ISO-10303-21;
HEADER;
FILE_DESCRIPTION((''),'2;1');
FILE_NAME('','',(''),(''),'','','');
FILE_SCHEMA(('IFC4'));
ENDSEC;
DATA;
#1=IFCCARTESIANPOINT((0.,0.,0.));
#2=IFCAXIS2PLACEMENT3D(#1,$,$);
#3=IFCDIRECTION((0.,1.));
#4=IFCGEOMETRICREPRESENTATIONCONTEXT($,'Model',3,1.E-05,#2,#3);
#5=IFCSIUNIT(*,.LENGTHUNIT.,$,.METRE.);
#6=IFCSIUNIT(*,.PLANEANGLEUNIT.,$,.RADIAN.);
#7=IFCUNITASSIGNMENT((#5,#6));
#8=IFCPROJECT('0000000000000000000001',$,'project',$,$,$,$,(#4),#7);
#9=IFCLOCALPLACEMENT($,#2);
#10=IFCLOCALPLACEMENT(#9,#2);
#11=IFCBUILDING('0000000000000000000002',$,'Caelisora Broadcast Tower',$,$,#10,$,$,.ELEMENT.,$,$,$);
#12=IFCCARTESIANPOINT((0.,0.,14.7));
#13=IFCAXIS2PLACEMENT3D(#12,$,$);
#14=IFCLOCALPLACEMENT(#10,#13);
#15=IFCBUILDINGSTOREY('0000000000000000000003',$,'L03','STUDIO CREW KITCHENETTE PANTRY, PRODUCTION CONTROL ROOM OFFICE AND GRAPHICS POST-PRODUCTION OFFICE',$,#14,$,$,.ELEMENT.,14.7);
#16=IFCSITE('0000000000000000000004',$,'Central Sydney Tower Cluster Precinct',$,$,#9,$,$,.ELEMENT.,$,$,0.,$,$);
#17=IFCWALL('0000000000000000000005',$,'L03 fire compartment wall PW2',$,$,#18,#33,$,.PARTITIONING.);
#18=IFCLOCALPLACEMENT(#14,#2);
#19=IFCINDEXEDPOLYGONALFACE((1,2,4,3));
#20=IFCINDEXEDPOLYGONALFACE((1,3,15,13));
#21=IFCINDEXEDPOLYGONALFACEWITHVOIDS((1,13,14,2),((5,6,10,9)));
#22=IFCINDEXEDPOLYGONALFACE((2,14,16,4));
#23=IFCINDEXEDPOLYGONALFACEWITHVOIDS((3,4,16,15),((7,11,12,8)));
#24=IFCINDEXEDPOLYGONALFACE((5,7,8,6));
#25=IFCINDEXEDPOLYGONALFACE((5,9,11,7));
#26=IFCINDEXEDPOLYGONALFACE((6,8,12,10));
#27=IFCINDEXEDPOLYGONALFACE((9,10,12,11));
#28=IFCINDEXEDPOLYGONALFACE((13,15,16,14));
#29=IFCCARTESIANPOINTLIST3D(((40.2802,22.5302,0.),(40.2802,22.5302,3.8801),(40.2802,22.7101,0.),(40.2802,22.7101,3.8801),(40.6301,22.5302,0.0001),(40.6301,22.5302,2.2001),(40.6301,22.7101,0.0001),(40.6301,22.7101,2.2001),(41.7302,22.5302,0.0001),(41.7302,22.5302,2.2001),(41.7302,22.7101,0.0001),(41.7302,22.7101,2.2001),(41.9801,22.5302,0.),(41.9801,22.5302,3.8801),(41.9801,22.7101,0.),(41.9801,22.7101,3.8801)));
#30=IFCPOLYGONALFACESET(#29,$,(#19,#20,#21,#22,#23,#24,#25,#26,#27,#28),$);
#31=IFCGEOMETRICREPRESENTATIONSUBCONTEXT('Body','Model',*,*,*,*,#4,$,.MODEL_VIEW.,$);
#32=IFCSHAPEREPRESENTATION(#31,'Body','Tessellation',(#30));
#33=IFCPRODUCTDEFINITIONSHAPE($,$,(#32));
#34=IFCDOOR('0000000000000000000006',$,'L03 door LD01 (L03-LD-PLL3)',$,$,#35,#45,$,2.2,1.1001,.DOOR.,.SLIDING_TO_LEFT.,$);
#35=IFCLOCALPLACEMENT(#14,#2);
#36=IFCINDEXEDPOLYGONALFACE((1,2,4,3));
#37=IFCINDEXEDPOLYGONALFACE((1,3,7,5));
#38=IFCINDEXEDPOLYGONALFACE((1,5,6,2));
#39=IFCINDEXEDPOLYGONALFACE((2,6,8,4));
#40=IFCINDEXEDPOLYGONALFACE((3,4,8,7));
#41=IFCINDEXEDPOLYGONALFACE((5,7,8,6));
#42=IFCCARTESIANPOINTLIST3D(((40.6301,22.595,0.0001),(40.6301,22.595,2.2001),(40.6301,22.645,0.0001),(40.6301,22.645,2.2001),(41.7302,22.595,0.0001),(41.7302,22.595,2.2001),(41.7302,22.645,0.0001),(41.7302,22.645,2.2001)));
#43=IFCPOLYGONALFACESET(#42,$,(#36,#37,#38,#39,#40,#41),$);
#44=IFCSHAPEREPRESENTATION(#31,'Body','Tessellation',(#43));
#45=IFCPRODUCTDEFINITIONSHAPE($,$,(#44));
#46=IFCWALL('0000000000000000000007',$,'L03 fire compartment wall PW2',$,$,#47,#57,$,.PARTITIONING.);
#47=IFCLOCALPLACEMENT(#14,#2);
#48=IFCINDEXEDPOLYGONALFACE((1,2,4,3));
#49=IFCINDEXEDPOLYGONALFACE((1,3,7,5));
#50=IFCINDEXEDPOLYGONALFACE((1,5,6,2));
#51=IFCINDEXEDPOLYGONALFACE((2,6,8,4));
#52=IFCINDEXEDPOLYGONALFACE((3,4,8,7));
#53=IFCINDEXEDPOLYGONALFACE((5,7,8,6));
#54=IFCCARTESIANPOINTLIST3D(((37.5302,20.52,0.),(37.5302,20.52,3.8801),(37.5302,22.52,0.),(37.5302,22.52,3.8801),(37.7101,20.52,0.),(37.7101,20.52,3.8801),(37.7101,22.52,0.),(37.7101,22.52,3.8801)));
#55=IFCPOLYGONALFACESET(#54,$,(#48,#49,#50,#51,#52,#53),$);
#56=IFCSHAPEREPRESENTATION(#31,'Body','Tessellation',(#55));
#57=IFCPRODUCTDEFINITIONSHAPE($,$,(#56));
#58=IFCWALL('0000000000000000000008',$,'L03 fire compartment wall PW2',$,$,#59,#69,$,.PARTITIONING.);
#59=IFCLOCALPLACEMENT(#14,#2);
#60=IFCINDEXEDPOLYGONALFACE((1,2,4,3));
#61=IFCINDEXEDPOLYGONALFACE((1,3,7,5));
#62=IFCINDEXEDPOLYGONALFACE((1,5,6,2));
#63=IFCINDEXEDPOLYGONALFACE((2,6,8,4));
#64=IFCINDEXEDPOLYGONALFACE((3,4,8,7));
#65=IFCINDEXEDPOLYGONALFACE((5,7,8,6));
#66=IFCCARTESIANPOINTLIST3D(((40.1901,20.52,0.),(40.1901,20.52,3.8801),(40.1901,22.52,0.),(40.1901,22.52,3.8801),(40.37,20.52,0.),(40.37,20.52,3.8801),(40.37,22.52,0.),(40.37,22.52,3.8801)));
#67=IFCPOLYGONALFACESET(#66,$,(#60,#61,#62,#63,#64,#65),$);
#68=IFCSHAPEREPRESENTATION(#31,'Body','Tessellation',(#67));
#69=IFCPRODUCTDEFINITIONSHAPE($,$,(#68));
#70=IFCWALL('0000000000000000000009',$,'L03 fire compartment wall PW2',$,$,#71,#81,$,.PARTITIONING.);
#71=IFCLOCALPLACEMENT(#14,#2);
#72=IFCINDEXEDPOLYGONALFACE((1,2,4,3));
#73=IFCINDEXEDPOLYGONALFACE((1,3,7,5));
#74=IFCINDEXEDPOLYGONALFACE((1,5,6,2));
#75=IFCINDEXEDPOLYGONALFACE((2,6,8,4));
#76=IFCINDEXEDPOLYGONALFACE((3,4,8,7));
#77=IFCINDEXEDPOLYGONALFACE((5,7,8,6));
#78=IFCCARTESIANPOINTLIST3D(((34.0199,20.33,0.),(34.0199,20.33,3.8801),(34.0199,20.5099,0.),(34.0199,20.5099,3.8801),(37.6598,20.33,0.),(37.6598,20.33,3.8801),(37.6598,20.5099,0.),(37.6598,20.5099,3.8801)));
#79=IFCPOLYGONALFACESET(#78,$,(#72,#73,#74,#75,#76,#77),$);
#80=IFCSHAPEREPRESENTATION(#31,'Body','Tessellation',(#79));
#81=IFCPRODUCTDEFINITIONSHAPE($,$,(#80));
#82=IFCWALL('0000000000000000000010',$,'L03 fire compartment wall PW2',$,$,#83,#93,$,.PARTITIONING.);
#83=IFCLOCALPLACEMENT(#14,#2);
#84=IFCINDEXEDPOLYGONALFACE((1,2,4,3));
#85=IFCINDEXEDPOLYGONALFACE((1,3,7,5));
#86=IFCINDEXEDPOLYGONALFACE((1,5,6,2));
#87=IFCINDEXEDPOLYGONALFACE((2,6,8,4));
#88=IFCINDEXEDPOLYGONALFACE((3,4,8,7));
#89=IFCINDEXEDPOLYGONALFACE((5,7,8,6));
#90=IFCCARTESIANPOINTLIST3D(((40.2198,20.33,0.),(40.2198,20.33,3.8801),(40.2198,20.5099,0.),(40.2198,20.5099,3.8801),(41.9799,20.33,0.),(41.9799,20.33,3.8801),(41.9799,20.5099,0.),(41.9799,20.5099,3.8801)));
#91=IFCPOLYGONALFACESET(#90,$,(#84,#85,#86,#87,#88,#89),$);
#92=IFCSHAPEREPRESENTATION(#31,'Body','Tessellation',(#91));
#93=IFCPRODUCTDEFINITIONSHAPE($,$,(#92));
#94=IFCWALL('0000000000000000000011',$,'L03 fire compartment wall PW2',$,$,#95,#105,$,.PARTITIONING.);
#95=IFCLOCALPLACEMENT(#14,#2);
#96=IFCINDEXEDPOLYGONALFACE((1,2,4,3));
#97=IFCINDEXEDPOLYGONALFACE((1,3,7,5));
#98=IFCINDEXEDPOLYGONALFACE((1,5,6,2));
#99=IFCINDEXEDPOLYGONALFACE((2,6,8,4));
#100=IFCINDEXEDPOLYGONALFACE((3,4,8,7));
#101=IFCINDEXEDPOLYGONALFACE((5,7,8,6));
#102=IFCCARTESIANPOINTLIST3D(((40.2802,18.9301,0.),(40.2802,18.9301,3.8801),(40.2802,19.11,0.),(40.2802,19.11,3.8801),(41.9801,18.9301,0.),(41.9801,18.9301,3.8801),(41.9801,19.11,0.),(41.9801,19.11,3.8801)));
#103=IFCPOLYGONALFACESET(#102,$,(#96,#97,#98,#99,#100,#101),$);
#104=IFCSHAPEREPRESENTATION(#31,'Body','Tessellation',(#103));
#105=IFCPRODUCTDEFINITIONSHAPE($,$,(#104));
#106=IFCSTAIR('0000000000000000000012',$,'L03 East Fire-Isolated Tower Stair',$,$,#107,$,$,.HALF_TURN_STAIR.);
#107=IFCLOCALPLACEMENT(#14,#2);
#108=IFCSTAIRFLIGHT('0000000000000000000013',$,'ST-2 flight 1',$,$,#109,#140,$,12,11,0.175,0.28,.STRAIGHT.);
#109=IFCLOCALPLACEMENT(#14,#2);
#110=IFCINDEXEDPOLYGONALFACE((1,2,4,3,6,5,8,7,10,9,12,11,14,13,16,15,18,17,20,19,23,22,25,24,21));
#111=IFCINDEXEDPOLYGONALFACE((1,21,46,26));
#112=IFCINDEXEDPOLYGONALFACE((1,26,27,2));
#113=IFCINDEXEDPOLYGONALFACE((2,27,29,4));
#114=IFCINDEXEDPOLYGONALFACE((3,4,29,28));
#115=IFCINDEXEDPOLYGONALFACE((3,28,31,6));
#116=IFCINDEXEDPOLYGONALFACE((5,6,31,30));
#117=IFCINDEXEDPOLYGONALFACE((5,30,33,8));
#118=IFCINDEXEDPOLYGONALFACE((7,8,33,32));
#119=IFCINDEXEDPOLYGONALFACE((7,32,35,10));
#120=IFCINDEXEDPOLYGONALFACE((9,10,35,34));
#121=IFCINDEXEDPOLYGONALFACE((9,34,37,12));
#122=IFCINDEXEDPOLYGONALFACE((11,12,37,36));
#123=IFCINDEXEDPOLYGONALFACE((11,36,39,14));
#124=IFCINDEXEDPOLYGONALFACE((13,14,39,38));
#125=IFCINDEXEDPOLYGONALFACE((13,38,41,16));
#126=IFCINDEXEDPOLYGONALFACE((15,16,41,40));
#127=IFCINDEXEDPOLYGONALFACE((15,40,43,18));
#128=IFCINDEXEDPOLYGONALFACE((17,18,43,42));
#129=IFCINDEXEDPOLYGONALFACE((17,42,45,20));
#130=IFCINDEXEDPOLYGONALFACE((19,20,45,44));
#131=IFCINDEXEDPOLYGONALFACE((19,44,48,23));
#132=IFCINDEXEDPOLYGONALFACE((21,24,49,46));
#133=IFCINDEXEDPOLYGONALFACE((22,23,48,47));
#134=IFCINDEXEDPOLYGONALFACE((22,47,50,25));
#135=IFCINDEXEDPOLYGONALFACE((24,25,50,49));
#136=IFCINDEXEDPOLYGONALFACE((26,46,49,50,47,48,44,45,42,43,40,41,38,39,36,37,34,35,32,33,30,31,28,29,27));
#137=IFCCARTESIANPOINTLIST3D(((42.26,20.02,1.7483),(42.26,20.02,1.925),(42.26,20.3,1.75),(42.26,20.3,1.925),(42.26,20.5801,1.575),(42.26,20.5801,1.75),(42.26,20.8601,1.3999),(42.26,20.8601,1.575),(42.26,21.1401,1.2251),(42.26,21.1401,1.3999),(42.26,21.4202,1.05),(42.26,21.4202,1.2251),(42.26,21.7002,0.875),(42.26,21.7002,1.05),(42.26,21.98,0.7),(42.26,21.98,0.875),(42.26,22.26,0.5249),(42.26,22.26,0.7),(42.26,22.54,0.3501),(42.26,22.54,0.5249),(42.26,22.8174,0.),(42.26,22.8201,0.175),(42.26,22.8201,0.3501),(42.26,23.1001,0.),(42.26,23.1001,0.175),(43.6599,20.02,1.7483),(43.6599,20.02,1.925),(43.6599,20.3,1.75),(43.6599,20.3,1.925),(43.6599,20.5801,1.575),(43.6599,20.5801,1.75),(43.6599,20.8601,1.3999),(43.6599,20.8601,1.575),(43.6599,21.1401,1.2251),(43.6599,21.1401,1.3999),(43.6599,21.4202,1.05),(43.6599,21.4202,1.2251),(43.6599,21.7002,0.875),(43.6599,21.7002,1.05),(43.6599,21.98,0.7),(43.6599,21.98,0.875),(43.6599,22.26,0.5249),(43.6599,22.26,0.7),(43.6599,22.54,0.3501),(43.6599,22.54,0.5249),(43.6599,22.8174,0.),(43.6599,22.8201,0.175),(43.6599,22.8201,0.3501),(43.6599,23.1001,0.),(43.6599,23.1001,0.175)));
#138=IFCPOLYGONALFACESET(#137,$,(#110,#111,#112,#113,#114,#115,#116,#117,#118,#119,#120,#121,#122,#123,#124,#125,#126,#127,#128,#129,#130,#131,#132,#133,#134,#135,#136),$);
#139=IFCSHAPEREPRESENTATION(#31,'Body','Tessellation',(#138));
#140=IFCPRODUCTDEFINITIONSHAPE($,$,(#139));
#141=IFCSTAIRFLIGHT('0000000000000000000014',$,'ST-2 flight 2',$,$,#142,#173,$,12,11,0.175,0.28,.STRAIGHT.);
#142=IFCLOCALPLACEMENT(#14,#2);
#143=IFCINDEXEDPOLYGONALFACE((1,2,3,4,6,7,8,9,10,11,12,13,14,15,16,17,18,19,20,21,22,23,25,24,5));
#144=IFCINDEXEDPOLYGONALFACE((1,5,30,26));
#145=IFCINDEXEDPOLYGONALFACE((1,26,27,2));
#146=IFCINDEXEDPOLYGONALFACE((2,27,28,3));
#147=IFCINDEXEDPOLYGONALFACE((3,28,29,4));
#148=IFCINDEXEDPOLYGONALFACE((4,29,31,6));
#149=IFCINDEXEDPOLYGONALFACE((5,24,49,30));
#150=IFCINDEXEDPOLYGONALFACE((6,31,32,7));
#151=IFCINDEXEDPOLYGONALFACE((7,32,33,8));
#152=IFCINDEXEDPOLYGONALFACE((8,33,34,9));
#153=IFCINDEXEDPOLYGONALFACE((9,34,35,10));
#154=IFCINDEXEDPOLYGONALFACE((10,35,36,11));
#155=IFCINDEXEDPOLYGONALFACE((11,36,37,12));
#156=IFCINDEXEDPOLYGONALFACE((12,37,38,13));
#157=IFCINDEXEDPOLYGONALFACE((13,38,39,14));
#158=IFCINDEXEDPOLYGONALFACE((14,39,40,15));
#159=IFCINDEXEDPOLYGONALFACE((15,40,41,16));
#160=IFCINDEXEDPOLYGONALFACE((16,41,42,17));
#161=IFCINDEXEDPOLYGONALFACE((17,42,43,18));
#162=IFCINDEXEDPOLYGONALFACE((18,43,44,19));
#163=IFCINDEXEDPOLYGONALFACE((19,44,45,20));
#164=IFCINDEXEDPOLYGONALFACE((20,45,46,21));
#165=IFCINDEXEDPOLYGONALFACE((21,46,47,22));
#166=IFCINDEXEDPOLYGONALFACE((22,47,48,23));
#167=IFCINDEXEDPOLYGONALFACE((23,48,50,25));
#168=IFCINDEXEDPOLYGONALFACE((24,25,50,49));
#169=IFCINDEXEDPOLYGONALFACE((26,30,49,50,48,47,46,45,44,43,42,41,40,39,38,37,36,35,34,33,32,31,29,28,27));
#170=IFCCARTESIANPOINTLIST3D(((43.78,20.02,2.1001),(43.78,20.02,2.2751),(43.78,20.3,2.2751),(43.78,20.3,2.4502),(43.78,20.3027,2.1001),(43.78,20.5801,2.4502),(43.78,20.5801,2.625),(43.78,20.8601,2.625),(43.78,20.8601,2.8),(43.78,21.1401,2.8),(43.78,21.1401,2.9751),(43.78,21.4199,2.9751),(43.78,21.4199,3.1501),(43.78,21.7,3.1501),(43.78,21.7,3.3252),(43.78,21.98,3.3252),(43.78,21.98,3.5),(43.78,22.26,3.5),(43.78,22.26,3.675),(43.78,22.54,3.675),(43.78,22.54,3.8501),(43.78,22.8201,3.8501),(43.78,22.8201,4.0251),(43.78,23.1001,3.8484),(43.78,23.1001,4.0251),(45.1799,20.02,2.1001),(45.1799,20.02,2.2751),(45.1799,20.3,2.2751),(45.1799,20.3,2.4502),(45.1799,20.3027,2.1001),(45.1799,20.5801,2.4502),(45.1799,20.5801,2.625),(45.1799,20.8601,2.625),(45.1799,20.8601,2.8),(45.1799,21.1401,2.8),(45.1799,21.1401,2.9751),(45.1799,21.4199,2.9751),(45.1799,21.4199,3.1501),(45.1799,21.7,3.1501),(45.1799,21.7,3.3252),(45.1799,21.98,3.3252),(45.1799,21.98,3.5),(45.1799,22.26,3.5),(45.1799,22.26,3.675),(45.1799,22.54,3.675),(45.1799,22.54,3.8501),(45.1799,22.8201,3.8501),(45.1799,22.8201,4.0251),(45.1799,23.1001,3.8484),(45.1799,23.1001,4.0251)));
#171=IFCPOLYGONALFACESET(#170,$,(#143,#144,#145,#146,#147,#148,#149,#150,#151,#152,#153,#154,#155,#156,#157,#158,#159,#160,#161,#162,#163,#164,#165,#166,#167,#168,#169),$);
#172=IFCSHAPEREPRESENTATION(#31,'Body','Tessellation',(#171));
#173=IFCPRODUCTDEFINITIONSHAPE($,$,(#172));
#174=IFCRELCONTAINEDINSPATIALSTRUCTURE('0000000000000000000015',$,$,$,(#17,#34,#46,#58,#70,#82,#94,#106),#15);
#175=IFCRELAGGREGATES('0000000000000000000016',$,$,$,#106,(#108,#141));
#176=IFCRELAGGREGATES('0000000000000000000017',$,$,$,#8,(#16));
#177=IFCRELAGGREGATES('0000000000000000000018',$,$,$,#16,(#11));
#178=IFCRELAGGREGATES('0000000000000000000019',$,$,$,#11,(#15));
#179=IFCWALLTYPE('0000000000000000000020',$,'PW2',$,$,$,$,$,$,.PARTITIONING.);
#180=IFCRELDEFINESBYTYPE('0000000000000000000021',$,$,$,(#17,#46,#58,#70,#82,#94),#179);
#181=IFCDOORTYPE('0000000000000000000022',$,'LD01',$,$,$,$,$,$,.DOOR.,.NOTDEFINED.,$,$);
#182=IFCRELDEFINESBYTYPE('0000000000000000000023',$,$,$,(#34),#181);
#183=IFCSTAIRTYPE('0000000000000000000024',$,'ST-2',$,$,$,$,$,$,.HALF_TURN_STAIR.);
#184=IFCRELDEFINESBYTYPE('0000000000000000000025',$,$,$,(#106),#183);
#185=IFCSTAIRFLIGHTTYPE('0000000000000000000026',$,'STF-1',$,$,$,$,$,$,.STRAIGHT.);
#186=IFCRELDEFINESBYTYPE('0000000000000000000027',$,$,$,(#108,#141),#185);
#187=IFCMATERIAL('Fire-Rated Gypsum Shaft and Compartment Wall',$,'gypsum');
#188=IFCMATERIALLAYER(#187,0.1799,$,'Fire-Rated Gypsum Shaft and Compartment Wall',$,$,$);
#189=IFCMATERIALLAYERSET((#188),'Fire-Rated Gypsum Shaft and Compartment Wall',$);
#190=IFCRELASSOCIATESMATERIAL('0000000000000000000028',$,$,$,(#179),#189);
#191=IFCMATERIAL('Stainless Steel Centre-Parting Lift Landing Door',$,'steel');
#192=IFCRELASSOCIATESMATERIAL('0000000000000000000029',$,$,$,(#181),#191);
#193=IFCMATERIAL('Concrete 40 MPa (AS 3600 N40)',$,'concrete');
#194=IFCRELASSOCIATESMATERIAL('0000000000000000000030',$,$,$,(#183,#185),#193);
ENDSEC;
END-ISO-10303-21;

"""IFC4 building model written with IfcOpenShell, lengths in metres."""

from ifc_helpers import new_model, si_unit, direction, frame, frame_2d, origin, place, context, subcontext, project, spatial, polyline, rectangle, outline, extrude, material, layer, layer_set, type_object, element, fill, aggregate, save


model = new_model("IFC4")

# Units and contexts
model_context = context("Model", 3, precision=1e-05, world=origin(), true_north=direction((0.0, 1.0)))
body_context = subcontext(model_context, "Body", "Model", "MODEL_VIEW")
ifc_project = project(units=[si_unit("LENGTHUNIT", "METRE"), si_unit("PLANEANGLEUNIT", "RADIAN")], contexts=[model_context])

# Site, building, storey
site_placement = place(None, origin())
site = spatial("IfcSite", under=ifc_project, at=site_placement, Name="Central Sydney Tower Cluster Precinct", CompositionType="ELEMENT", RefElevation=0.0)
building_placement = place(site_placement, origin())
building = spatial("IfcBuilding", under=site, at=building_placement, Name="Caelisora Broadcast Tower", CompositionType="ELEMENT")
storey_placement = place(building_placement, frame((0.0, 0.0, 14.7)))
storey = spatial("IfcBuildingStorey", under=building, at=storey_placement, Name="L03", Description="STUDIO CREW KITCHENETTE PANTRY, PRODUCTION CONTROL ROOM OFFICE AND GRAPHICS POST-PRODUCTION OFFICE", CompositionType="ELEMENT", Elevation=14.7)

# Wall, opening, door
ifc_material_1 = material(Name="Fire-Rated Gypsum Shaft and Compartment Wall", Category="gypsum")
ifc_layer_1 = layer(ifc_material_1, 0.1799, Name="Fire-Rated Gypsum Shaft and Compartment Wall")
ifc_layer_set_1 = layer_set([ifc_layer_1], Name="Fire-Rated Gypsum Shaft and Compartment Wall")
wall_type = type_object("IfcWallType", Name="PW2", PredefinedType="PARTITIONING", material=ifc_layer_set_1)
wall_1_placement = place(storey_placement, frame((40.28, 22.6201, 0.0), z_axis=(0.0, 0.0, 1.0), x_axis=(1.0, 0.0, 0.0)))
wall_1 = element("IfcWall", 1, at=wall_1_placement, inside=storey, type_object=wall_type, Name="L03 fire compartment wall PW2", PredefinedType="PARTITIONING", context=body_context, shape_type="SweptSolid", body=[
    extrude(rectangle(XDim=1.7, YDim=0.1799, at=frame_2d((0.8501, 0.0))), origin(), (0.0, 0.0, 1.0), 3.8801),
])
opening_placement = place(wall_1_placement, frame((0.3501, 0.0, 0.0)))
opening = element("IfcOpeningElement", 2, at=opening_placement, cuts=wall_1, PredefinedType="OPENING", context=body_context, shape_type="SweptSolid", body=[
    extrude(rectangle(XDim=1.1001, YDim=2.2, at=frame_2d((0.55, 1.1001))), frame((0.0, 0.1021, 0.0), z_axis=(0.0, -1.0, 0.0), x_axis=(1.0, 0.0, 0.0)), (0.0, 0.0, 1.0), 0.2039),
])
ifc_material_2 = material(Name="Stainless Steel Centre-Parting Lift Landing Door", Category="steel")
door_type = type_object("IfcDoorType", Name="LD01", OperationType="NOTDEFINED", PredefinedType="DOOR", material=ifc_material_2)
door_placement = place(opening_placement, origin())
door = element("IfcDoor", 3, at=door_placement, inside=storey, type_object=door_type, Name="L03 door LD01 (L03-LD-PLL3)", OperationType="SLIDING_TO_LEFT", OverallHeight=2.2, OverallWidth=1.1001, PredefinedType="DOOR", context=body_context, shape_type="SweptSolid", body=[
    extrude(rectangle(XDim=1.1001, YDim=2.2, at=frame_2d((0.55, 1.1001))), frame((0.0, 0.0249, 0.0), z_axis=(0.0, -1.0, 0.0), x_axis=(1.0, 0.0, 0.0)), (0.0, 0.0, 1.0), 0.05),
])
fill(opening, door)

# Walls
for number, where, z_axis, x_axis, name in (
    (4, (37.6201, 20.52, 0.0), (0.0, 0.0, 1.0), (0.0, 1.0, 0.0), "L03 fire compartment wall PW2"),
    (5, (40.28, 20.52, 0.0), (0.0, 0.0, 1.0), (0.0, 1.0, 0.0), "L03 fire compartment wall PW2"),
):
    element("IfcWall", number, at=place(storey_placement, frame(where, z_axis=z_axis, x_axis=x_axis)), inside=storey, type_object=wall_type, Name=name, PredefinedType="PARTITIONING", context=body_context, shape_type="SweptSolid", body=[
        extrude(rectangle(XDim=2.0, YDim=0.1799, at=frame_2d((1.0, 0.0))), origin(), (0.0, 0.0, 1.0), 3.8801),
    ])
wall_2_placement = place(storey_placement, frame((34.02, 20.4199, 0.0), z_axis=(0.0, 0.0, 1.0), x_axis=(1.0, 0.0, 0.0)))
element("IfcWall", 6, at=wall_2_placement, inside=storey, type_object=wall_type, Name="L03 fire compartment wall PW2", PredefinedType="PARTITIONING", context=body_context, shape_type="SweptSolid", body=[
    extrude(rectangle(XDim=3.6399, YDim=0.1799, at=frame_2d((1.8198, 0.0))), origin(), (0.0, 0.0, 1.0), 3.8801),
])
wall_3_placement = place(storey_placement, frame((40.22, 20.4199, 0.0), z_axis=(0.0, 0.0, 1.0), x_axis=(1.0, 0.0, 0.0)))
element("IfcWall", 7, at=wall_3_placement, inside=storey, type_object=wall_type, Name="L03 fire compartment wall PW2", PredefinedType="PARTITIONING", context=body_context, shape_type="SweptSolid", body=[
    extrude(rectangle(XDim=1.76, YDim=0.1799, at=frame_2d((0.8799, 0.0))), origin(), (0.0, 0.0, 1.0), 3.8801),
])
wall_4_placement = place(storey_placement, frame((40.28, 19.02, 0.0), z_axis=(0.0, 0.0, 1.0), x_axis=(1.0, 0.0, 0.0)))
element("IfcWall", 8, at=wall_4_placement, inside=storey, type_object=wall_type, Name="L03 fire compartment wall PW2", PredefinedType="PARTITIONING", context=body_context, shape_type="SweptSolid", body=[
    extrude(rectangle(XDim=1.7, YDim=0.1799, at=frame_2d((0.8501, 0.0))), origin(), (0.0, 0.0, 1.0), 3.8801),
])

# Stair, stair flights
ifc_material_3 = material(Name="Concrete 40 MPa (AS 3600 N40)", Category="concrete")
stair_type = type_object("IfcStairType", Name="ST-2", PredefinedType="HALF_TURN_STAIR", material=ifc_material_3)
stair_placement = place(storey_placement, origin())
stair = element("IfcStair", 9, at=stair_placement, inside=storey, type_object=stair_type, Name="L03 East Fire-Isolated Tower Stair", PredefinedType="HALF_TURN_STAIR")
stair_flight_type = type_object("IfcStairFlightType", Name="STF-1", PredefinedType="STRAIGHT", material=ifc_material_3)
stair_flight_1_placement = place(storey_placement, frame((42.96, 23.1001, 0.0), z_axis=(0.0, 0.0, 1.0), x_axis=(0.0, -1.0, 0.0)))
stair_flight_1 = element("IfcStairFlight", 10, at=stair_flight_1_placement, type_object=stair_flight_type, Name="ST-2 flight 1", NumberOfRisers=12, NumberOfTreads=11, PredefinedType="STRAIGHT", RiserHeight=0.175, TreadLength=0.28, context=body_context, shape_type="SweptSolid", body=[
    extrude(outline(polyline([(0.0, 0.0), (0.0, 0.175), (0.28, 0.175), (0.28, 0.3501), (0.5601, 0.3501), (0.5601, 0.5249), (0.8401, 0.5249), (0.8401, 0.7), (1.1201, 0.7), (1.1201, 0.875), (1.3999, 0.875), (1.3999, 1.05), (1.6799, 1.05), (1.6799, 1.2251), (1.96, 1.2251), (1.96, 1.3999), (2.24, 1.3999), (2.24, 1.575), (2.52, 1.575), (2.52, 1.75), (2.8, 1.75), (2.8, 1.925), (3.0801, 1.925), (3.0801, 2.1001), (3.0801, 1.7483), (0.2827, 0.0), (0.0, 0.0)])), frame((0.0, 0.7, 0.0), z_axis=(0.0, -1.0, 0.0), x_axis=(1.0, 0.0, 0.0)), (0.0, 0.0, 1.0), 1.3999),
])
stair_flight_2_placement = place(storey_placement, frame((44.48, 20.02, 2.1001), z_axis=(0.0, 0.0, 1.0), x_axis=(0.0, 1.0, 0.0)))
stair_flight_2 = element("IfcStairFlight", 11, at=stair_flight_2_placement, type_object=stair_flight_type, Name="ST-2 flight 2", NumberOfRisers=12, NumberOfTreads=11, PredefinedType="STRAIGHT", RiserHeight=0.175, TreadLength=0.28, context=body_context, shape_type="SweptSolid", body=[
    extrude(outline(polyline([(0.0, 0.0), (0.0, 0.175), (0.28, 0.175), (0.28, 0.3501), (0.5601, 0.3501), (0.5601, 0.5249), (0.8401, 0.5249), (0.8401, 0.7), (1.1201, 0.7), (1.1201, 0.875), (1.3999, 0.875), (1.3999, 1.05), (1.6799, 1.05), (1.6799, 1.2251), (1.96, 1.2251), (1.96, 1.3999), (2.24, 1.3999), (2.24, 1.575), (2.52, 1.575), (2.52, 1.75), (2.8, 1.75), (2.8, 1.925), (3.0801, 1.925), (3.0801, 2.1001), (3.0801, 1.7483), (0.2827, 0.0), (0.0, 0.0)])), frame((0.0, 0.7, 0.0), z_axis=(0.0, -1.0, 0.0), x_axis=(1.0, 0.0, 0.0)), (0.0, 0.0, 1.0), 1.3999),
])
aggregate(stair, [stair_flight_1, stair_flight_2])

save(model, "model.ifc")
